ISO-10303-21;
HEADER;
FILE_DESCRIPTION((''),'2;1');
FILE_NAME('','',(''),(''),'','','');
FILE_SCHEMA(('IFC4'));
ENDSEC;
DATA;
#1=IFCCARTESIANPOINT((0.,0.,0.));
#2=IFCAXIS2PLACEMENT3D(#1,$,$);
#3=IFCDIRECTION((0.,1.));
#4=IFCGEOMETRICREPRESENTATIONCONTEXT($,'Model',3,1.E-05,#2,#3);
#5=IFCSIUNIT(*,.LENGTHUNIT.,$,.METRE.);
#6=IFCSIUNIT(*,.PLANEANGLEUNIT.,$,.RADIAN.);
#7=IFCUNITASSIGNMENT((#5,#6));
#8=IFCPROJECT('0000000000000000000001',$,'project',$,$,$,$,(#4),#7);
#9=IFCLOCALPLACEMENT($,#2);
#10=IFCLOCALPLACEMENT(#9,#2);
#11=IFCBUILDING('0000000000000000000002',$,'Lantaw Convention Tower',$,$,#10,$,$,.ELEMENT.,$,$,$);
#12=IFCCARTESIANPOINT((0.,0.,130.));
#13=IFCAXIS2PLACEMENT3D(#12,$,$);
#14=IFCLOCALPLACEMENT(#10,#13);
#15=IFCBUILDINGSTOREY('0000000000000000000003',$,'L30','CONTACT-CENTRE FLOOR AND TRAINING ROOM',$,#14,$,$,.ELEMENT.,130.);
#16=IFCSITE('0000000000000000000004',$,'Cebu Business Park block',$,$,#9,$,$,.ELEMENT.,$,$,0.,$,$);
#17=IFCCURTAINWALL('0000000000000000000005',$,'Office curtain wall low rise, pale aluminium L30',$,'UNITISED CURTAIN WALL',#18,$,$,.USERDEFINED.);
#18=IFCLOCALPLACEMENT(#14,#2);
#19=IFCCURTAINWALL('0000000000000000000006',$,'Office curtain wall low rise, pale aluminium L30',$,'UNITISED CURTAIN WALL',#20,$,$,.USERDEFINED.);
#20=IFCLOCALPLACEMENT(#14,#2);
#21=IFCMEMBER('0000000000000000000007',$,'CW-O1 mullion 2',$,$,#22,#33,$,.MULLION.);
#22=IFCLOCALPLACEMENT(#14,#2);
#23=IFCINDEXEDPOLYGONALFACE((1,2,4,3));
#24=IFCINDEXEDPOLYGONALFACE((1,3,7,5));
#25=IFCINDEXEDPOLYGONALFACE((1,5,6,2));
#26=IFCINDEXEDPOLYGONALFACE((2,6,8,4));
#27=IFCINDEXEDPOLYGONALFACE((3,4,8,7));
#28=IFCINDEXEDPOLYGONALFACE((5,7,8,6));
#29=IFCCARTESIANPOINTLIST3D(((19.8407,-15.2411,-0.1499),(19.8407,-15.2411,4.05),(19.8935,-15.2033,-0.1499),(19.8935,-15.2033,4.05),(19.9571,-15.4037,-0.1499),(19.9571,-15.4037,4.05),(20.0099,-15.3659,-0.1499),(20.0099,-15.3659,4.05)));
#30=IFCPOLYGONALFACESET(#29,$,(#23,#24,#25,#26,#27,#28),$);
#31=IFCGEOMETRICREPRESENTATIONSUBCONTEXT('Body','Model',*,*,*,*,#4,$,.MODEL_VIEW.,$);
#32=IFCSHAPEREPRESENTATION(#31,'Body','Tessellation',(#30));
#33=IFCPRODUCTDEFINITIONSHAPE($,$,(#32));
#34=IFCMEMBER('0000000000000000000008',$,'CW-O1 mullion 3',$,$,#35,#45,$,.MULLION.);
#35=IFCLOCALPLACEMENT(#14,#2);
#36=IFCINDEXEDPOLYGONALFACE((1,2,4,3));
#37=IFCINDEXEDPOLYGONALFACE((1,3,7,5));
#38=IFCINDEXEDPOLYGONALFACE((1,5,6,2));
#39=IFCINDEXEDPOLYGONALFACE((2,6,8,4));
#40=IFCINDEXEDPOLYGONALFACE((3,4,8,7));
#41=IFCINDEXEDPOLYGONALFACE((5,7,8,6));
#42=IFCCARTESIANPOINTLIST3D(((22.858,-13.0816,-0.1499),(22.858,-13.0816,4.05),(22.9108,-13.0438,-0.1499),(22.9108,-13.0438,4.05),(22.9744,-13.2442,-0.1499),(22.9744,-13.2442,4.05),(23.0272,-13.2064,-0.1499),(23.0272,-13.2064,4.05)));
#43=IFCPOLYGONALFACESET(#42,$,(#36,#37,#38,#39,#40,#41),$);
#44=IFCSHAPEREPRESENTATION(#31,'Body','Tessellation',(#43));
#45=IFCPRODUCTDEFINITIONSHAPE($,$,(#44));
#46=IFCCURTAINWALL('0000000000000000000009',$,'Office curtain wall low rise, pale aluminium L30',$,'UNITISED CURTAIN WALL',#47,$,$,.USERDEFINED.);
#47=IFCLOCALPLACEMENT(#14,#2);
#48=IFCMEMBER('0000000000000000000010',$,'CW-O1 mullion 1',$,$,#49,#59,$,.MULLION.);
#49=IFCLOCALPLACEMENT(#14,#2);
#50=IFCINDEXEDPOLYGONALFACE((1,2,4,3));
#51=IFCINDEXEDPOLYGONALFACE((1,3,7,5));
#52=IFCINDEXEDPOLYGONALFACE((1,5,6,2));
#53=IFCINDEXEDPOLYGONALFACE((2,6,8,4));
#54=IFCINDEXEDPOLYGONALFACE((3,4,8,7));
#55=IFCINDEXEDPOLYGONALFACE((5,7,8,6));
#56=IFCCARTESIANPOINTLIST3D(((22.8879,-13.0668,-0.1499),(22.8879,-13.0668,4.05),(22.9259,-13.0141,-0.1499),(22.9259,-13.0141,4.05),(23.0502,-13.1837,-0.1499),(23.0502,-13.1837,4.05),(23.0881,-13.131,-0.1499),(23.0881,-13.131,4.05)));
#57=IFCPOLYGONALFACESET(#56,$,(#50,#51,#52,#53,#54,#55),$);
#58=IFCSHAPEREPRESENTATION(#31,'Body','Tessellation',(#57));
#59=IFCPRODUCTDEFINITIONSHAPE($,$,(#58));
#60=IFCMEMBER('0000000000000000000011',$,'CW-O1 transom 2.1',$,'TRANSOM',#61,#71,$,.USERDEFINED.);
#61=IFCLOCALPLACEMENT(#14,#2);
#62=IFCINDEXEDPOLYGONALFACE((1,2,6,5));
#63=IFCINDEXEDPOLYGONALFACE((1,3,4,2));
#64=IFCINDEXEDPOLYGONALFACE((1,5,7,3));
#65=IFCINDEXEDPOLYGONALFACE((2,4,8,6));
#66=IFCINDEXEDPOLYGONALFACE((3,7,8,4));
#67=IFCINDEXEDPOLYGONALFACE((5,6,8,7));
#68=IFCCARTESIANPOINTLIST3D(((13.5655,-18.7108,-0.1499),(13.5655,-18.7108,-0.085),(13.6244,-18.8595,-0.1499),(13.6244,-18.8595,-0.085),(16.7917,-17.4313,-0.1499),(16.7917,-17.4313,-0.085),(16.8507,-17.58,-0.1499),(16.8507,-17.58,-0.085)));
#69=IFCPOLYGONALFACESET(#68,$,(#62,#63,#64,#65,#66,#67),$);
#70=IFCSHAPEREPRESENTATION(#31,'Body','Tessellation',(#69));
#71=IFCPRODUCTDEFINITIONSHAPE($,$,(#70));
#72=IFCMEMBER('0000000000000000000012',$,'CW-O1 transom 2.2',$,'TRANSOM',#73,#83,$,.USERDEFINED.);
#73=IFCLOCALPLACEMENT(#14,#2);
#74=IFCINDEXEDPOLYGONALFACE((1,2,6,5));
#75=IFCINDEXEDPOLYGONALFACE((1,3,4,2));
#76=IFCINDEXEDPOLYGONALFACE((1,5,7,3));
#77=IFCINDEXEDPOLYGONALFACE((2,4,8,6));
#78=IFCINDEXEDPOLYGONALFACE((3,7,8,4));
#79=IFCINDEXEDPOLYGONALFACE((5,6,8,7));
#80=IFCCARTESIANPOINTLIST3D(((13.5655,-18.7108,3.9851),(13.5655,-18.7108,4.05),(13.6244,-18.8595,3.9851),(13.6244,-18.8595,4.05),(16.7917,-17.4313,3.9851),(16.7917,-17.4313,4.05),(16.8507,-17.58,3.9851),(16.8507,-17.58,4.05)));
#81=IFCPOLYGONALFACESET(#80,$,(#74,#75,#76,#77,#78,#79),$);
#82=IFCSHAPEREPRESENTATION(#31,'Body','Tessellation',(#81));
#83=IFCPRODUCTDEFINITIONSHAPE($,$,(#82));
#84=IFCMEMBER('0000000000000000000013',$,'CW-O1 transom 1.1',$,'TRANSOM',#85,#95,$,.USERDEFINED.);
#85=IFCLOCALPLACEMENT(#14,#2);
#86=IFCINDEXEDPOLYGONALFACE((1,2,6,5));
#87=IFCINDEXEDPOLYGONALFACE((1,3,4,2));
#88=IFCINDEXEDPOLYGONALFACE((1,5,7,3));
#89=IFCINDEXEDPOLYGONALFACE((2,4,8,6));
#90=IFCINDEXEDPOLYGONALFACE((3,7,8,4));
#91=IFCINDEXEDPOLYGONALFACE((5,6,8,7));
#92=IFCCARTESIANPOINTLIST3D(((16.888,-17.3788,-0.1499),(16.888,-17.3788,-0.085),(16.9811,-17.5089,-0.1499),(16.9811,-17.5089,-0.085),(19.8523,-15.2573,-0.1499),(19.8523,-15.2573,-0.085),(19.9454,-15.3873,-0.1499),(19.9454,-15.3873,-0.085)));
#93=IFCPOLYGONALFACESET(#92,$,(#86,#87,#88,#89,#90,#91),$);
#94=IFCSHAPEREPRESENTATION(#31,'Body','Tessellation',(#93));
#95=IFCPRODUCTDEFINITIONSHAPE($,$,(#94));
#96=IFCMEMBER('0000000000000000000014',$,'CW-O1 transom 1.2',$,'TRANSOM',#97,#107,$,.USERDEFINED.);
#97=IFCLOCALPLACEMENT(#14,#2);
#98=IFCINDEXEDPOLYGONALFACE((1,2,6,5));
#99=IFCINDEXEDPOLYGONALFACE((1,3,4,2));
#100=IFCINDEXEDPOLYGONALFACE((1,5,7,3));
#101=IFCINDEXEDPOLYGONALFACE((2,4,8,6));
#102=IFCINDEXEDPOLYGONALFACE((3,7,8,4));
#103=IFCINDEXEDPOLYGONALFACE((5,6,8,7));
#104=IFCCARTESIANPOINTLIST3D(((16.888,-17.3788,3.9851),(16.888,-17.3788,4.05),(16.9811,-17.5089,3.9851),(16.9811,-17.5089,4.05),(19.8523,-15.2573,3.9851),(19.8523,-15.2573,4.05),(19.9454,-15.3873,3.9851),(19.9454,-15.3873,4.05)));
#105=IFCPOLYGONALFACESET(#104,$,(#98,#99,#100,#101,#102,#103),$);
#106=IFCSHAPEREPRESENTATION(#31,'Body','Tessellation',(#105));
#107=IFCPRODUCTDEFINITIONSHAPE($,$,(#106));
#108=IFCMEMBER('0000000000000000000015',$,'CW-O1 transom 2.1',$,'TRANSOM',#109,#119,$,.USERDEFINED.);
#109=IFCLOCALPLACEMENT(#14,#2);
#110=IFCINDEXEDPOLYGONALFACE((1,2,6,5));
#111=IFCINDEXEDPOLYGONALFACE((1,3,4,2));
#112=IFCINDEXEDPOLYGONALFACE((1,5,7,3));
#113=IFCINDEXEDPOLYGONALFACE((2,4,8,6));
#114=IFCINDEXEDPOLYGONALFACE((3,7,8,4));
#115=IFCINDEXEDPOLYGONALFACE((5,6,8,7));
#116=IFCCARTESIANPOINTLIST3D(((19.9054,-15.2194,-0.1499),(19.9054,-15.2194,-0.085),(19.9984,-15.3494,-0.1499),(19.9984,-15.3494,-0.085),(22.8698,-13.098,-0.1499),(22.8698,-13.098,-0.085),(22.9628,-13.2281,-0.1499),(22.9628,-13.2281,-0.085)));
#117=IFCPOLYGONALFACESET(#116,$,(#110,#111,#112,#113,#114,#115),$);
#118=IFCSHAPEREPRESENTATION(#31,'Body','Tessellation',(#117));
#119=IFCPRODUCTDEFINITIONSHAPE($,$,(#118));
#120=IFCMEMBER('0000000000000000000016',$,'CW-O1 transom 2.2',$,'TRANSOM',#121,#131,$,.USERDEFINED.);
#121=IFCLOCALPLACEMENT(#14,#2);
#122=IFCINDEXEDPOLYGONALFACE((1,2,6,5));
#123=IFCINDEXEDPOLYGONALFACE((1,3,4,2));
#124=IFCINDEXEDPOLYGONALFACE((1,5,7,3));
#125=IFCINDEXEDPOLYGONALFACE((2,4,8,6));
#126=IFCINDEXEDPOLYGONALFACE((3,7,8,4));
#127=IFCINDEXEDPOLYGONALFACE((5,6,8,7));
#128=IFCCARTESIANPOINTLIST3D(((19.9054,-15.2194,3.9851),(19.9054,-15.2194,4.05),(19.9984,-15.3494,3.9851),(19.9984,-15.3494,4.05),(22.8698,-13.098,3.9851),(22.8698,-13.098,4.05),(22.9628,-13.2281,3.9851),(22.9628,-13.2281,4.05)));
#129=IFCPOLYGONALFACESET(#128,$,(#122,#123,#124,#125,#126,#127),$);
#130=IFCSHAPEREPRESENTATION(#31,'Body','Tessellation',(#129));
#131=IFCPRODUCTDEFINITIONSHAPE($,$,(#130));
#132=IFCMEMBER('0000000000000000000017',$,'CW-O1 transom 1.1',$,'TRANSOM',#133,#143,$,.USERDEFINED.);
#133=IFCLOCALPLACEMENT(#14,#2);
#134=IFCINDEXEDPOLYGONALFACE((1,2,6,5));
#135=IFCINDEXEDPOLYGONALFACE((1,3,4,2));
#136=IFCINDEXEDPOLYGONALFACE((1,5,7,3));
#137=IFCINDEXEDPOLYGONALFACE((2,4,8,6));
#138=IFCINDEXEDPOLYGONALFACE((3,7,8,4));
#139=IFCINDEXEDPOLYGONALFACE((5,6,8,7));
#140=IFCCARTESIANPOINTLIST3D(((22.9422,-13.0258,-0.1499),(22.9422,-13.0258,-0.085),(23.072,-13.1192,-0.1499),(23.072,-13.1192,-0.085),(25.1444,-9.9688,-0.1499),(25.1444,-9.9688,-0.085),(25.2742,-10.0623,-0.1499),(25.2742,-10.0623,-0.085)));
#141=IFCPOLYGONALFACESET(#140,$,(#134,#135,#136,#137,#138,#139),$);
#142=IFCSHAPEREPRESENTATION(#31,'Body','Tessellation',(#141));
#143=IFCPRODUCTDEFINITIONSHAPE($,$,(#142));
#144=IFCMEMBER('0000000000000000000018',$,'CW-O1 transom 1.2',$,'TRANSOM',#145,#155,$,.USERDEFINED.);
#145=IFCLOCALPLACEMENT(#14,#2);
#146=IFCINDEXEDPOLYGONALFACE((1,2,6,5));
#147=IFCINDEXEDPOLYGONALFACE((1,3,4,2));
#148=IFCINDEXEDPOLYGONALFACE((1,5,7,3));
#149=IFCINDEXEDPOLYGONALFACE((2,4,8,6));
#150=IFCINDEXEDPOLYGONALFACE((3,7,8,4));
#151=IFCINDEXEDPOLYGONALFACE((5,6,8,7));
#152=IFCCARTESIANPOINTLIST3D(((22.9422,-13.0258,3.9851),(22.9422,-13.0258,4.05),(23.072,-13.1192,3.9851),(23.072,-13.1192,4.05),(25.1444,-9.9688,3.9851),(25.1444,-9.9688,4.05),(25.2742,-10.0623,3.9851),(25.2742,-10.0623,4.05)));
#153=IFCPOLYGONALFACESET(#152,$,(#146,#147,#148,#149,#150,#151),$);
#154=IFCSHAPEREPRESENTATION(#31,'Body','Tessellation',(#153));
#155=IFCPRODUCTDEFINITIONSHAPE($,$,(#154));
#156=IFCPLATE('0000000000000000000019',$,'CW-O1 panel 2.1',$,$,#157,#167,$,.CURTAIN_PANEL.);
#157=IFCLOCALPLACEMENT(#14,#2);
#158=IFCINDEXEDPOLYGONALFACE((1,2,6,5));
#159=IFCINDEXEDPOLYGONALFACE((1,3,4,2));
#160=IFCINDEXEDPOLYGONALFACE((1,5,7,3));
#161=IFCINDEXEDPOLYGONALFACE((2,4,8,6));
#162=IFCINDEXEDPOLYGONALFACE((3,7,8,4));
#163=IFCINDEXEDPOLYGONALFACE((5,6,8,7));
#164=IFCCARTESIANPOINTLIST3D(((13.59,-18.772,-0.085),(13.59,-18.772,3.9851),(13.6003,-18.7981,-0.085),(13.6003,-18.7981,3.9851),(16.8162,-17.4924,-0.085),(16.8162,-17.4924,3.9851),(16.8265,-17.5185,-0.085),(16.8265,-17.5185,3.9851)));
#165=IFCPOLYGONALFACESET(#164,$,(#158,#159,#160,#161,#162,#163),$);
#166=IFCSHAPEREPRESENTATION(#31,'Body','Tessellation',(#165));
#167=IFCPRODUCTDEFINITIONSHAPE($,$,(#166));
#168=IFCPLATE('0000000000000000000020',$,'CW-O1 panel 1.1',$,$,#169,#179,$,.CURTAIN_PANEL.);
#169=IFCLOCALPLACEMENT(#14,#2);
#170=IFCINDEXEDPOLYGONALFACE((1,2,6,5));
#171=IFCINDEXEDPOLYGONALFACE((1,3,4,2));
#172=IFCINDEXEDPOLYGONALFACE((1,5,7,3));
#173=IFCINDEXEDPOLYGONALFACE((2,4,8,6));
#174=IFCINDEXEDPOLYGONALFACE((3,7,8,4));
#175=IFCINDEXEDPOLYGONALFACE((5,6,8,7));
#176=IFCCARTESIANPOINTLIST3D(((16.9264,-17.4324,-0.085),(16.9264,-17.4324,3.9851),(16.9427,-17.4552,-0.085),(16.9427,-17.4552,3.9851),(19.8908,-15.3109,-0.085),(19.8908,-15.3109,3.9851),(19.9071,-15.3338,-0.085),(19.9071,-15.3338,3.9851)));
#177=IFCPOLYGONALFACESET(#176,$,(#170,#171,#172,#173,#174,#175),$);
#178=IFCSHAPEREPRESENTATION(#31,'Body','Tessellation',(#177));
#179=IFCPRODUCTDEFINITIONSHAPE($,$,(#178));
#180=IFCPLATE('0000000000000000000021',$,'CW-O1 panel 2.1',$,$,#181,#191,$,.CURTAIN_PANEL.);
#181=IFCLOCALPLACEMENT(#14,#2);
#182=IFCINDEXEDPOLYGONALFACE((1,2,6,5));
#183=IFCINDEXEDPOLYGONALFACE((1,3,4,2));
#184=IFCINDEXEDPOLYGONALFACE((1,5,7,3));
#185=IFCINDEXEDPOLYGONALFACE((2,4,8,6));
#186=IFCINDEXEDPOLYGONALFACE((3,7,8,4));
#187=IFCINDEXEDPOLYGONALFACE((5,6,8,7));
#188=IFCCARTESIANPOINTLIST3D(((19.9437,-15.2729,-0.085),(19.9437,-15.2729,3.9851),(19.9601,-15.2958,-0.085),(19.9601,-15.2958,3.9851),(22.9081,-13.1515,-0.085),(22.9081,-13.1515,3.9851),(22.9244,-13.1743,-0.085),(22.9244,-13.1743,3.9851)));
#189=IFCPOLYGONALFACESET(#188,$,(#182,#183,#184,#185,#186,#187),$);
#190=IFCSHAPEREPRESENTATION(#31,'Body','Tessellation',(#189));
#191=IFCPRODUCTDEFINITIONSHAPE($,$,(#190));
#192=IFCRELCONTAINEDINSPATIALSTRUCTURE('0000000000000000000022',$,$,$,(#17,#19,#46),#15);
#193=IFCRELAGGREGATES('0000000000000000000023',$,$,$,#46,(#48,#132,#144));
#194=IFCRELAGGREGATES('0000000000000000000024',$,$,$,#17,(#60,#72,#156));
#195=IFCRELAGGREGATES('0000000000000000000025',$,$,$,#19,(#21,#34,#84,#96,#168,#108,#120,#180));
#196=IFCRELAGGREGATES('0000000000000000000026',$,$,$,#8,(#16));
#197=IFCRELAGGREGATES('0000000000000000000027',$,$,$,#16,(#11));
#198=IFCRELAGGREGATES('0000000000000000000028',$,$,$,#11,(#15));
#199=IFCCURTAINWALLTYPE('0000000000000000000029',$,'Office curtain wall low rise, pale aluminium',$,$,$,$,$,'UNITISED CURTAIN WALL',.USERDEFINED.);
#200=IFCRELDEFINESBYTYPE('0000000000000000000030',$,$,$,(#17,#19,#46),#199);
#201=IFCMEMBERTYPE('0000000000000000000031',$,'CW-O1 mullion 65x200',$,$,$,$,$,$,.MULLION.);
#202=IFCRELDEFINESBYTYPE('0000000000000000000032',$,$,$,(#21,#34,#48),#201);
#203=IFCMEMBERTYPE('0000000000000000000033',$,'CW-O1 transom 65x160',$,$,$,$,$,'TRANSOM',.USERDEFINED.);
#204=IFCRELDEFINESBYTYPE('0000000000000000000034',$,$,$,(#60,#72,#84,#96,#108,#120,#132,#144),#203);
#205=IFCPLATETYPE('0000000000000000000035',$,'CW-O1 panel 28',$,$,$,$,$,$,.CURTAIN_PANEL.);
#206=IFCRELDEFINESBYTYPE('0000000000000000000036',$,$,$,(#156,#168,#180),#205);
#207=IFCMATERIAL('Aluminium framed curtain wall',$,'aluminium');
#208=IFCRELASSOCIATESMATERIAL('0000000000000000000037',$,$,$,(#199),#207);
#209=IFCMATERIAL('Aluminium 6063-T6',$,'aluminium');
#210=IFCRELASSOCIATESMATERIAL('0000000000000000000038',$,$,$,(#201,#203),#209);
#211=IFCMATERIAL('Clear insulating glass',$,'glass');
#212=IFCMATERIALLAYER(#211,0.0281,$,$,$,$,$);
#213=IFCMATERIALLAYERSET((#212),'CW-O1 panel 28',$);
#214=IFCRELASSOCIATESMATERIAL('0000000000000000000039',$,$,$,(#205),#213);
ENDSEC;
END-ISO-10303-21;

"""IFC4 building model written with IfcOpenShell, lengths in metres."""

from ifc_helpers import new_model, si_unit, direction, frame, origin, origin_2d, place, context, subcontext, project, spatial, rectangle, extrude, material, layer, layer_set, material_profile, profile_set, type_object, element, aggregate, save


model = new_model("IFC4")

# Units and contexts
model_context = context("Model", 3, precision=1e-05, world=origin(), true_north=direction((0.0, 1.0)))
body_context = subcontext(model_context, "Body", "Model", "MODEL_VIEW")
ifc_project = project(units=[si_unit("LENGTHUNIT", "METRE"), si_unit("PLANEANGLEUNIT", "RADIAN")], contexts=[model_context])

# Site, building, storey
site_placement = place(None, origin())
site = spatial("IfcSite", under=ifc_project, at=site_placement, Name="Cebu Business Park block", CompositionType="ELEMENT", RefElevation=0.0)
building_placement = place(site_placement, origin())
building = spatial("IfcBuilding", under=site, at=building_placement, Name="Lantaw Convention Tower", CompositionType="ELEMENT")
storey_placement = place(building_placement, frame((0.0, 0.0, 130.0)))
storey = spatial("IfcBuildingStorey", under=building, at=storey_placement, Name="L30", Description="CONTACT-CENTRE FLOOR AND TRAINING ROOM", CompositionType="ELEMENT", Elevation=130.0)

# Curtain walls, members
ifc_material_1 = material(Name="Aluminium framed curtain wall", Category="aluminium")
curtain_wall_type = type_object("IfcCurtainWallType", Name="Office curtain wall low rise, pale aluminium", ElementType="UNITISED CURTAIN WALL", PredefinedType="USERDEFINED", material=ifc_material_1)
curtain_wall_1_placement = place(storey_placement, origin())
curtain_wall_1 = element("IfcCurtainWall", 1, at=curtain_wall_1_placement, inside=storey, type_object=curtain_wall_type, Name="Office curtain wall low rise, pale aluminium L30", ObjectType="UNITISED CURTAIN WALL", PredefinedType="USERDEFINED")
ifc_material_2 = material(Name="Aluminium 6063-T6", Category="aluminium")
ifc_material_profile_1 = material_profile(ifc_material_2, rectangle(XDim=0.2, YDim=0.0649, at=origin_2d()), Name="CW-O1 mullion 65x200")
ifc_profile_set_1 = profile_set([ifc_material_profile_1], Name="Aluminium 6063-T6")
member_type_1 = type_object("IfcMemberType", Name="CW-O1 mullion 65x200", PredefinedType="MULLION", material=ifc_profile_set_1)
curtain_wall_2_placement = place(storey_placement, origin())
curtain_wall_2 = element("IfcCurtainWall", 2, at=curtain_wall_2_placement, inside=storey, type_object=curtain_wall_type, Name="Office curtain wall low rise, pale aluminium L30", ObjectType="UNITISED CURTAIN WALL", PredefinedType="USERDEFINED")
member_1_placement = place(storey_placement, frame((19.9253, -15.3035, -0.1499), z_axis=(0.0, 0.0, 1.0), x_axis=(-0.581973, 0.813208, 0.0)))
member_1 = element("IfcMember", 3, at=member_1_placement, type_object=member_type_1, Name="CW-O1 mullion 2", PredefinedType="MULLION", context=body_context, shape_type="SweptSolid", body=[
    extrude(rectangle(XDim=0.2, YDim=0.0649, at=origin_2d()), origin(), (0.0, 0.0, 1.0), 4.2),
])
member_2_placement = place(storey_placement, frame((22.9426, -13.144, -0.1499), z_axis=(0.0, 0.0, 1.0), x_axis=(-0.581973, 0.813208, 0.0)))
member_2 = element("IfcMember", 4, at=member_2_placement, type_object=member_type_1, Name="CW-O1 mullion 3", PredefinedType="MULLION", context=body_context, shape_type="SweptSolid", body=[
    extrude(rectangle(XDim=0.2, YDim=0.0649, at=origin_2d()), origin(), (0.0, 0.0, 1.0), 4.2),
])

# Curtain wall, member
curtain_wall_3_placement = place(storey_placement, origin())
curtain_wall_3 = element("IfcCurtainWall", 5, at=curtain_wall_3_placement, inside=storey, type_object=curtain_wall_type, Name="Office curtain wall low rise, pale aluminium L30", ObjectType="UNITISED CURTAIN WALL", PredefinedType="USERDEFINED")
member_3_placement = place(storey_placement, frame((22.988, -13.0989, -0.1499), z_axis=(0.0, 0.0, 1.0), x_axis=(-0.811385, 0.584513, 0.0)))
member_3 = element("IfcMember", 6, at=member_3_placement, type_object=member_type_1, Name="CW-O1 mullion 1", PredefinedType="MULLION", context=body_context, shape_type="SweptSolid", body=[
    extrude(rectangle(XDim=0.2, YDim=0.0649, at=origin_2d()), origin(), (0.0, 0.0, 1.0), 4.2),
])

# Members
ifc_material_profile_2 = material_profile(ifc_material_2, rectangle(XDim=0.1599, YDim=0.0649, at=origin_2d()), Name="CW-O1 transom 65x160")
ifc_profile_set_2 = profile_set([ifc_material_profile_2], Name="Aluminium 6063-T6")
member_type_2 = type_object("IfcMemberType", Name="CW-O1 transom 65x160", ElementType="TRANSOM", PredefinedType="USERDEFINED", material=ifc_profile_set_2)
member_4_placement = place(storey_placement, frame((13.595, -18.7852, -0.1174), z_axis=(0.929564, 0.36866, 0.0), x_axis=(-0.36866, 0.929564, 0.0)))
member_4 = element("IfcMember", 7, at=member_4_placement, type_object=member_type_2, Name="CW-O1 transom 2.1", ObjectType="TRANSOM", PredefinedType="USERDEFINED", context=body_context, shape_type="SweptSolid", body=[
    extrude(rectangle(XDim=0.1599, YDim=0.0649, at=origin_2d()), origin(), (0.0, 0.0, 1.0), 3.4707),
])
member_5_placement = place(storey_placement, frame((13.595, -18.7852, 4.0176), z_axis=(0.929564, 0.36866, 0.0), x_axis=(-0.36866, 0.929564, 0.0)))
member_5 = element("IfcMember", 8, at=member_5_placement, type_object=member_type_2, Name="CW-O1 transom 2.2", ObjectType="TRANSOM", PredefinedType="USERDEFINED", context=body_context, shape_type="SweptSolid", body=[
    extrude(rectangle(XDim=0.1599, YDim=0.0649, at=origin_2d()), origin(), (0.0, 0.0, 1.0), 3.4707),
])
member_6_placement = place(storey_placement, frame((16.9346, -17.4438, -0.1174), z_axis=(0.81319, 0.581998, 0.0), x_axis=(-0.581998, 0.81319, 0.0)))
member_6 = element("IfcMember", 9, at=member_6_placement, type_object=member_type_2, Name="CW-O1 transom 1.1", ObjectType="TRANSOM", PredefinedType="USERDEFINED", context=body_context, shape_type="SweptSolid", body=[
    extrude(rectangle(XDim=0.1599, YDim=0.0649, at=origin_2d()), origin(), (0.0, 0.0, 1.0), 3.6453),
])
member_7_placement = place(storey_placement, frame((16.9346, -17.4438, 4.0176), z_axis=(0.81319, 0.581998, 0.0), x_axis=(-0.581998, 0.81319, 0.0)))
member_7 = element("IfcMember", 10, at=member_7_placement, type_object=member_type_2, Name="CW-O1 transom 1.2", ObjectType="TRANSOM", PredefinedType="USERDEFINED", context=body_context, shape_type="SweptSolid", body=[
    extrude(rectangle(XDim=0.1599, YDim=0.0649, at=origin_2d()), origin(), (0.0, 0.0, 1.0), 3.6453),
])
member_8_placement = place(storey_placement, frame((19.9519, -15.2844, -0.1174), z_axis=(0.813222, 0.581954, 0.0), x_axis=(-0.581954, 0.813222, 0.0)))
member_8 = element("IfcMember", 11, at=member_8_placement, type_object=member_type_2, Name="CW-O1 transom 2.1", ObjectType="TRANSOM", PredefinedType="USERDEFINED", context=body_context, shape_type="SweptSolid", body=[
    extrude(rectangle(XDim=0.1599, YDim=0.0649, at=origin_2d()), origin(), (0.0, 0.0, 1.0), 3.6453),
])
member_9_placement = place(storey_placement, frame((19.9519, -15.2844, 4.0176), z_axis=(0.813222, 0.581954, 0.0), x_axis=(-0.581954, 0.813222, 0.0)))
member_9 = element("IfcMember", 12, at=member_9_placement, type_object=member_type_2, Name="CW-O1 transom 2.2", ObjectType="TRANSOM", PredefinedType="USERDEFINED", context=body_context, shape_type="SweptSolid", body=[
    extrude(rectangle(XDim=0.1599, YDim=0.0649, at=origin_2d()), origin(), (0.0, 0.0, 1.0), 3.6453),
])
member_10_placement = place(storey_placement, frame((23.0071, -13.0725, -0.1174), z_axis=(0.584513, 0.811384, 0.0), x_axis=(-0.811384, 0.584513, 0.0)))
member_10 = element("IfcMember", 13, at=member_10_placement, type_object=member_type_2, Name="CW-O1 transom 1.1", ObjectType="TRANSOM", PredefinedType="USERDEFINED", context=body_context, shape_type="SweptSolid", body=[
    extrude(rectangle(XDim=0.1599, YDim=0.0649, at=origin_2d()), origin(), (0.0, 0.0, 1.0), 3.7676),
])
member_11_placement = place(storey_placement, frame((23.0071, -13.0725, 4.0176), z_axis=(0.584513, 0.811384, 0.0), x_axis=(-0.811384, 0.584513, 0.0)))
member_11 = element("IfcMember", 14, at=member_11_placement, type_object=member_type_2, Name="CW-O1 transom 1.2", ObjectType="TRANSOM", PredefinedType="USERDEFINED", context=body_context, shape_type="SweptSolid", body=[
    extrude(rectangle(XDim=0.1599, YDim=0.0649, at=origin_2d()), origin(), (0.0, 0.0, 1.0), 3.7676),
])
aggregate(curtain_wall_3, [member_3, member_10, member_11])

# Plates
ifc_material_3 = material(Name="Clear insulating glass", Category="glass")
ifc_layer_1 = layer(ifc_material_3, 0.0281)
ifc_layer_set_1 = layer_set([ifc_layer_1], Name="CW-O1 panel 28")
plate_type_1 = type_object("IfcPlateType", Name="CW-O1 panel 28", PredefinedType="CURTAIN_PANEL", material=ifc_layer_set_1)
plate_1_placement = place(storey_placement, frame((15.2083, -18.1453, -0.085), z_axis=(0.0, 0.0, 1.0), x_axis=(0.929548, 0.368702, 0.0)))
plate_1 = element("IfcPlate", 15, at=plate_1_placement, type_object=plate_type_1, Name="CW-O1 panel 2.1", PredefinedType="CURTAIN_PANEL", context=body_context, shape_type="SweptSolid", body=[
    extrude(rectangle(XDim=3.4707, YDim=0.0281, at=origin_2d()), origin(), (0.0, 0.0, 1.0), 4.0701),
])
aggregate(curtain_wall_1, [member_4, member_5, plate_1])
plate_2_placement = place(storey_placement, frame((18.4167, -16.3831, -0.085), z_axis=(0.0, 0.0, 1.0), x_axis=(0.813208, 0.581973, 0.0)))
plate_2 = element("IfcPlate", 16, at=plate_2_placement, type_object=plate_type_1, Name="CW-O1 panel 1.1", PredefinedType="CURTAIN_PANEL", context=body_context, shape_type="SweptSolid", body=[
    extrude(rectangle(XDim=3.6453, YDim=0.0281, at=origin_2d()), origin(), (0.0, 0.0, 1.0), 4.0701),
])
plate_3_placement = place(storey_placement, frame((21.4341, -14.2236, -0.085), z_axis=(0.0, 0.0, 1.0), x_axis=(0.813208, 0.581973, 0.0)))
plate_3 = element("IfcPlate", 17, at=plate_3_placement, type_object=plate_type_1, Name="CW-O1 panel 2.1", PredefinedType="CURTAIN_PANEL", context=body_context, shape_type="SweptSolid", body=[
    extrude(rectangle(XDim=3.6453, YDim=0.0281, at=origin_2d()), origin(), (0.0, 0.0, 1.0), 4.0701),
])
aggregate(curtain_wall_2, [member_1, member_2, member_6, member_7, plate_2, member_8, member_9, plate_3])

save(model, "model.ifc")
